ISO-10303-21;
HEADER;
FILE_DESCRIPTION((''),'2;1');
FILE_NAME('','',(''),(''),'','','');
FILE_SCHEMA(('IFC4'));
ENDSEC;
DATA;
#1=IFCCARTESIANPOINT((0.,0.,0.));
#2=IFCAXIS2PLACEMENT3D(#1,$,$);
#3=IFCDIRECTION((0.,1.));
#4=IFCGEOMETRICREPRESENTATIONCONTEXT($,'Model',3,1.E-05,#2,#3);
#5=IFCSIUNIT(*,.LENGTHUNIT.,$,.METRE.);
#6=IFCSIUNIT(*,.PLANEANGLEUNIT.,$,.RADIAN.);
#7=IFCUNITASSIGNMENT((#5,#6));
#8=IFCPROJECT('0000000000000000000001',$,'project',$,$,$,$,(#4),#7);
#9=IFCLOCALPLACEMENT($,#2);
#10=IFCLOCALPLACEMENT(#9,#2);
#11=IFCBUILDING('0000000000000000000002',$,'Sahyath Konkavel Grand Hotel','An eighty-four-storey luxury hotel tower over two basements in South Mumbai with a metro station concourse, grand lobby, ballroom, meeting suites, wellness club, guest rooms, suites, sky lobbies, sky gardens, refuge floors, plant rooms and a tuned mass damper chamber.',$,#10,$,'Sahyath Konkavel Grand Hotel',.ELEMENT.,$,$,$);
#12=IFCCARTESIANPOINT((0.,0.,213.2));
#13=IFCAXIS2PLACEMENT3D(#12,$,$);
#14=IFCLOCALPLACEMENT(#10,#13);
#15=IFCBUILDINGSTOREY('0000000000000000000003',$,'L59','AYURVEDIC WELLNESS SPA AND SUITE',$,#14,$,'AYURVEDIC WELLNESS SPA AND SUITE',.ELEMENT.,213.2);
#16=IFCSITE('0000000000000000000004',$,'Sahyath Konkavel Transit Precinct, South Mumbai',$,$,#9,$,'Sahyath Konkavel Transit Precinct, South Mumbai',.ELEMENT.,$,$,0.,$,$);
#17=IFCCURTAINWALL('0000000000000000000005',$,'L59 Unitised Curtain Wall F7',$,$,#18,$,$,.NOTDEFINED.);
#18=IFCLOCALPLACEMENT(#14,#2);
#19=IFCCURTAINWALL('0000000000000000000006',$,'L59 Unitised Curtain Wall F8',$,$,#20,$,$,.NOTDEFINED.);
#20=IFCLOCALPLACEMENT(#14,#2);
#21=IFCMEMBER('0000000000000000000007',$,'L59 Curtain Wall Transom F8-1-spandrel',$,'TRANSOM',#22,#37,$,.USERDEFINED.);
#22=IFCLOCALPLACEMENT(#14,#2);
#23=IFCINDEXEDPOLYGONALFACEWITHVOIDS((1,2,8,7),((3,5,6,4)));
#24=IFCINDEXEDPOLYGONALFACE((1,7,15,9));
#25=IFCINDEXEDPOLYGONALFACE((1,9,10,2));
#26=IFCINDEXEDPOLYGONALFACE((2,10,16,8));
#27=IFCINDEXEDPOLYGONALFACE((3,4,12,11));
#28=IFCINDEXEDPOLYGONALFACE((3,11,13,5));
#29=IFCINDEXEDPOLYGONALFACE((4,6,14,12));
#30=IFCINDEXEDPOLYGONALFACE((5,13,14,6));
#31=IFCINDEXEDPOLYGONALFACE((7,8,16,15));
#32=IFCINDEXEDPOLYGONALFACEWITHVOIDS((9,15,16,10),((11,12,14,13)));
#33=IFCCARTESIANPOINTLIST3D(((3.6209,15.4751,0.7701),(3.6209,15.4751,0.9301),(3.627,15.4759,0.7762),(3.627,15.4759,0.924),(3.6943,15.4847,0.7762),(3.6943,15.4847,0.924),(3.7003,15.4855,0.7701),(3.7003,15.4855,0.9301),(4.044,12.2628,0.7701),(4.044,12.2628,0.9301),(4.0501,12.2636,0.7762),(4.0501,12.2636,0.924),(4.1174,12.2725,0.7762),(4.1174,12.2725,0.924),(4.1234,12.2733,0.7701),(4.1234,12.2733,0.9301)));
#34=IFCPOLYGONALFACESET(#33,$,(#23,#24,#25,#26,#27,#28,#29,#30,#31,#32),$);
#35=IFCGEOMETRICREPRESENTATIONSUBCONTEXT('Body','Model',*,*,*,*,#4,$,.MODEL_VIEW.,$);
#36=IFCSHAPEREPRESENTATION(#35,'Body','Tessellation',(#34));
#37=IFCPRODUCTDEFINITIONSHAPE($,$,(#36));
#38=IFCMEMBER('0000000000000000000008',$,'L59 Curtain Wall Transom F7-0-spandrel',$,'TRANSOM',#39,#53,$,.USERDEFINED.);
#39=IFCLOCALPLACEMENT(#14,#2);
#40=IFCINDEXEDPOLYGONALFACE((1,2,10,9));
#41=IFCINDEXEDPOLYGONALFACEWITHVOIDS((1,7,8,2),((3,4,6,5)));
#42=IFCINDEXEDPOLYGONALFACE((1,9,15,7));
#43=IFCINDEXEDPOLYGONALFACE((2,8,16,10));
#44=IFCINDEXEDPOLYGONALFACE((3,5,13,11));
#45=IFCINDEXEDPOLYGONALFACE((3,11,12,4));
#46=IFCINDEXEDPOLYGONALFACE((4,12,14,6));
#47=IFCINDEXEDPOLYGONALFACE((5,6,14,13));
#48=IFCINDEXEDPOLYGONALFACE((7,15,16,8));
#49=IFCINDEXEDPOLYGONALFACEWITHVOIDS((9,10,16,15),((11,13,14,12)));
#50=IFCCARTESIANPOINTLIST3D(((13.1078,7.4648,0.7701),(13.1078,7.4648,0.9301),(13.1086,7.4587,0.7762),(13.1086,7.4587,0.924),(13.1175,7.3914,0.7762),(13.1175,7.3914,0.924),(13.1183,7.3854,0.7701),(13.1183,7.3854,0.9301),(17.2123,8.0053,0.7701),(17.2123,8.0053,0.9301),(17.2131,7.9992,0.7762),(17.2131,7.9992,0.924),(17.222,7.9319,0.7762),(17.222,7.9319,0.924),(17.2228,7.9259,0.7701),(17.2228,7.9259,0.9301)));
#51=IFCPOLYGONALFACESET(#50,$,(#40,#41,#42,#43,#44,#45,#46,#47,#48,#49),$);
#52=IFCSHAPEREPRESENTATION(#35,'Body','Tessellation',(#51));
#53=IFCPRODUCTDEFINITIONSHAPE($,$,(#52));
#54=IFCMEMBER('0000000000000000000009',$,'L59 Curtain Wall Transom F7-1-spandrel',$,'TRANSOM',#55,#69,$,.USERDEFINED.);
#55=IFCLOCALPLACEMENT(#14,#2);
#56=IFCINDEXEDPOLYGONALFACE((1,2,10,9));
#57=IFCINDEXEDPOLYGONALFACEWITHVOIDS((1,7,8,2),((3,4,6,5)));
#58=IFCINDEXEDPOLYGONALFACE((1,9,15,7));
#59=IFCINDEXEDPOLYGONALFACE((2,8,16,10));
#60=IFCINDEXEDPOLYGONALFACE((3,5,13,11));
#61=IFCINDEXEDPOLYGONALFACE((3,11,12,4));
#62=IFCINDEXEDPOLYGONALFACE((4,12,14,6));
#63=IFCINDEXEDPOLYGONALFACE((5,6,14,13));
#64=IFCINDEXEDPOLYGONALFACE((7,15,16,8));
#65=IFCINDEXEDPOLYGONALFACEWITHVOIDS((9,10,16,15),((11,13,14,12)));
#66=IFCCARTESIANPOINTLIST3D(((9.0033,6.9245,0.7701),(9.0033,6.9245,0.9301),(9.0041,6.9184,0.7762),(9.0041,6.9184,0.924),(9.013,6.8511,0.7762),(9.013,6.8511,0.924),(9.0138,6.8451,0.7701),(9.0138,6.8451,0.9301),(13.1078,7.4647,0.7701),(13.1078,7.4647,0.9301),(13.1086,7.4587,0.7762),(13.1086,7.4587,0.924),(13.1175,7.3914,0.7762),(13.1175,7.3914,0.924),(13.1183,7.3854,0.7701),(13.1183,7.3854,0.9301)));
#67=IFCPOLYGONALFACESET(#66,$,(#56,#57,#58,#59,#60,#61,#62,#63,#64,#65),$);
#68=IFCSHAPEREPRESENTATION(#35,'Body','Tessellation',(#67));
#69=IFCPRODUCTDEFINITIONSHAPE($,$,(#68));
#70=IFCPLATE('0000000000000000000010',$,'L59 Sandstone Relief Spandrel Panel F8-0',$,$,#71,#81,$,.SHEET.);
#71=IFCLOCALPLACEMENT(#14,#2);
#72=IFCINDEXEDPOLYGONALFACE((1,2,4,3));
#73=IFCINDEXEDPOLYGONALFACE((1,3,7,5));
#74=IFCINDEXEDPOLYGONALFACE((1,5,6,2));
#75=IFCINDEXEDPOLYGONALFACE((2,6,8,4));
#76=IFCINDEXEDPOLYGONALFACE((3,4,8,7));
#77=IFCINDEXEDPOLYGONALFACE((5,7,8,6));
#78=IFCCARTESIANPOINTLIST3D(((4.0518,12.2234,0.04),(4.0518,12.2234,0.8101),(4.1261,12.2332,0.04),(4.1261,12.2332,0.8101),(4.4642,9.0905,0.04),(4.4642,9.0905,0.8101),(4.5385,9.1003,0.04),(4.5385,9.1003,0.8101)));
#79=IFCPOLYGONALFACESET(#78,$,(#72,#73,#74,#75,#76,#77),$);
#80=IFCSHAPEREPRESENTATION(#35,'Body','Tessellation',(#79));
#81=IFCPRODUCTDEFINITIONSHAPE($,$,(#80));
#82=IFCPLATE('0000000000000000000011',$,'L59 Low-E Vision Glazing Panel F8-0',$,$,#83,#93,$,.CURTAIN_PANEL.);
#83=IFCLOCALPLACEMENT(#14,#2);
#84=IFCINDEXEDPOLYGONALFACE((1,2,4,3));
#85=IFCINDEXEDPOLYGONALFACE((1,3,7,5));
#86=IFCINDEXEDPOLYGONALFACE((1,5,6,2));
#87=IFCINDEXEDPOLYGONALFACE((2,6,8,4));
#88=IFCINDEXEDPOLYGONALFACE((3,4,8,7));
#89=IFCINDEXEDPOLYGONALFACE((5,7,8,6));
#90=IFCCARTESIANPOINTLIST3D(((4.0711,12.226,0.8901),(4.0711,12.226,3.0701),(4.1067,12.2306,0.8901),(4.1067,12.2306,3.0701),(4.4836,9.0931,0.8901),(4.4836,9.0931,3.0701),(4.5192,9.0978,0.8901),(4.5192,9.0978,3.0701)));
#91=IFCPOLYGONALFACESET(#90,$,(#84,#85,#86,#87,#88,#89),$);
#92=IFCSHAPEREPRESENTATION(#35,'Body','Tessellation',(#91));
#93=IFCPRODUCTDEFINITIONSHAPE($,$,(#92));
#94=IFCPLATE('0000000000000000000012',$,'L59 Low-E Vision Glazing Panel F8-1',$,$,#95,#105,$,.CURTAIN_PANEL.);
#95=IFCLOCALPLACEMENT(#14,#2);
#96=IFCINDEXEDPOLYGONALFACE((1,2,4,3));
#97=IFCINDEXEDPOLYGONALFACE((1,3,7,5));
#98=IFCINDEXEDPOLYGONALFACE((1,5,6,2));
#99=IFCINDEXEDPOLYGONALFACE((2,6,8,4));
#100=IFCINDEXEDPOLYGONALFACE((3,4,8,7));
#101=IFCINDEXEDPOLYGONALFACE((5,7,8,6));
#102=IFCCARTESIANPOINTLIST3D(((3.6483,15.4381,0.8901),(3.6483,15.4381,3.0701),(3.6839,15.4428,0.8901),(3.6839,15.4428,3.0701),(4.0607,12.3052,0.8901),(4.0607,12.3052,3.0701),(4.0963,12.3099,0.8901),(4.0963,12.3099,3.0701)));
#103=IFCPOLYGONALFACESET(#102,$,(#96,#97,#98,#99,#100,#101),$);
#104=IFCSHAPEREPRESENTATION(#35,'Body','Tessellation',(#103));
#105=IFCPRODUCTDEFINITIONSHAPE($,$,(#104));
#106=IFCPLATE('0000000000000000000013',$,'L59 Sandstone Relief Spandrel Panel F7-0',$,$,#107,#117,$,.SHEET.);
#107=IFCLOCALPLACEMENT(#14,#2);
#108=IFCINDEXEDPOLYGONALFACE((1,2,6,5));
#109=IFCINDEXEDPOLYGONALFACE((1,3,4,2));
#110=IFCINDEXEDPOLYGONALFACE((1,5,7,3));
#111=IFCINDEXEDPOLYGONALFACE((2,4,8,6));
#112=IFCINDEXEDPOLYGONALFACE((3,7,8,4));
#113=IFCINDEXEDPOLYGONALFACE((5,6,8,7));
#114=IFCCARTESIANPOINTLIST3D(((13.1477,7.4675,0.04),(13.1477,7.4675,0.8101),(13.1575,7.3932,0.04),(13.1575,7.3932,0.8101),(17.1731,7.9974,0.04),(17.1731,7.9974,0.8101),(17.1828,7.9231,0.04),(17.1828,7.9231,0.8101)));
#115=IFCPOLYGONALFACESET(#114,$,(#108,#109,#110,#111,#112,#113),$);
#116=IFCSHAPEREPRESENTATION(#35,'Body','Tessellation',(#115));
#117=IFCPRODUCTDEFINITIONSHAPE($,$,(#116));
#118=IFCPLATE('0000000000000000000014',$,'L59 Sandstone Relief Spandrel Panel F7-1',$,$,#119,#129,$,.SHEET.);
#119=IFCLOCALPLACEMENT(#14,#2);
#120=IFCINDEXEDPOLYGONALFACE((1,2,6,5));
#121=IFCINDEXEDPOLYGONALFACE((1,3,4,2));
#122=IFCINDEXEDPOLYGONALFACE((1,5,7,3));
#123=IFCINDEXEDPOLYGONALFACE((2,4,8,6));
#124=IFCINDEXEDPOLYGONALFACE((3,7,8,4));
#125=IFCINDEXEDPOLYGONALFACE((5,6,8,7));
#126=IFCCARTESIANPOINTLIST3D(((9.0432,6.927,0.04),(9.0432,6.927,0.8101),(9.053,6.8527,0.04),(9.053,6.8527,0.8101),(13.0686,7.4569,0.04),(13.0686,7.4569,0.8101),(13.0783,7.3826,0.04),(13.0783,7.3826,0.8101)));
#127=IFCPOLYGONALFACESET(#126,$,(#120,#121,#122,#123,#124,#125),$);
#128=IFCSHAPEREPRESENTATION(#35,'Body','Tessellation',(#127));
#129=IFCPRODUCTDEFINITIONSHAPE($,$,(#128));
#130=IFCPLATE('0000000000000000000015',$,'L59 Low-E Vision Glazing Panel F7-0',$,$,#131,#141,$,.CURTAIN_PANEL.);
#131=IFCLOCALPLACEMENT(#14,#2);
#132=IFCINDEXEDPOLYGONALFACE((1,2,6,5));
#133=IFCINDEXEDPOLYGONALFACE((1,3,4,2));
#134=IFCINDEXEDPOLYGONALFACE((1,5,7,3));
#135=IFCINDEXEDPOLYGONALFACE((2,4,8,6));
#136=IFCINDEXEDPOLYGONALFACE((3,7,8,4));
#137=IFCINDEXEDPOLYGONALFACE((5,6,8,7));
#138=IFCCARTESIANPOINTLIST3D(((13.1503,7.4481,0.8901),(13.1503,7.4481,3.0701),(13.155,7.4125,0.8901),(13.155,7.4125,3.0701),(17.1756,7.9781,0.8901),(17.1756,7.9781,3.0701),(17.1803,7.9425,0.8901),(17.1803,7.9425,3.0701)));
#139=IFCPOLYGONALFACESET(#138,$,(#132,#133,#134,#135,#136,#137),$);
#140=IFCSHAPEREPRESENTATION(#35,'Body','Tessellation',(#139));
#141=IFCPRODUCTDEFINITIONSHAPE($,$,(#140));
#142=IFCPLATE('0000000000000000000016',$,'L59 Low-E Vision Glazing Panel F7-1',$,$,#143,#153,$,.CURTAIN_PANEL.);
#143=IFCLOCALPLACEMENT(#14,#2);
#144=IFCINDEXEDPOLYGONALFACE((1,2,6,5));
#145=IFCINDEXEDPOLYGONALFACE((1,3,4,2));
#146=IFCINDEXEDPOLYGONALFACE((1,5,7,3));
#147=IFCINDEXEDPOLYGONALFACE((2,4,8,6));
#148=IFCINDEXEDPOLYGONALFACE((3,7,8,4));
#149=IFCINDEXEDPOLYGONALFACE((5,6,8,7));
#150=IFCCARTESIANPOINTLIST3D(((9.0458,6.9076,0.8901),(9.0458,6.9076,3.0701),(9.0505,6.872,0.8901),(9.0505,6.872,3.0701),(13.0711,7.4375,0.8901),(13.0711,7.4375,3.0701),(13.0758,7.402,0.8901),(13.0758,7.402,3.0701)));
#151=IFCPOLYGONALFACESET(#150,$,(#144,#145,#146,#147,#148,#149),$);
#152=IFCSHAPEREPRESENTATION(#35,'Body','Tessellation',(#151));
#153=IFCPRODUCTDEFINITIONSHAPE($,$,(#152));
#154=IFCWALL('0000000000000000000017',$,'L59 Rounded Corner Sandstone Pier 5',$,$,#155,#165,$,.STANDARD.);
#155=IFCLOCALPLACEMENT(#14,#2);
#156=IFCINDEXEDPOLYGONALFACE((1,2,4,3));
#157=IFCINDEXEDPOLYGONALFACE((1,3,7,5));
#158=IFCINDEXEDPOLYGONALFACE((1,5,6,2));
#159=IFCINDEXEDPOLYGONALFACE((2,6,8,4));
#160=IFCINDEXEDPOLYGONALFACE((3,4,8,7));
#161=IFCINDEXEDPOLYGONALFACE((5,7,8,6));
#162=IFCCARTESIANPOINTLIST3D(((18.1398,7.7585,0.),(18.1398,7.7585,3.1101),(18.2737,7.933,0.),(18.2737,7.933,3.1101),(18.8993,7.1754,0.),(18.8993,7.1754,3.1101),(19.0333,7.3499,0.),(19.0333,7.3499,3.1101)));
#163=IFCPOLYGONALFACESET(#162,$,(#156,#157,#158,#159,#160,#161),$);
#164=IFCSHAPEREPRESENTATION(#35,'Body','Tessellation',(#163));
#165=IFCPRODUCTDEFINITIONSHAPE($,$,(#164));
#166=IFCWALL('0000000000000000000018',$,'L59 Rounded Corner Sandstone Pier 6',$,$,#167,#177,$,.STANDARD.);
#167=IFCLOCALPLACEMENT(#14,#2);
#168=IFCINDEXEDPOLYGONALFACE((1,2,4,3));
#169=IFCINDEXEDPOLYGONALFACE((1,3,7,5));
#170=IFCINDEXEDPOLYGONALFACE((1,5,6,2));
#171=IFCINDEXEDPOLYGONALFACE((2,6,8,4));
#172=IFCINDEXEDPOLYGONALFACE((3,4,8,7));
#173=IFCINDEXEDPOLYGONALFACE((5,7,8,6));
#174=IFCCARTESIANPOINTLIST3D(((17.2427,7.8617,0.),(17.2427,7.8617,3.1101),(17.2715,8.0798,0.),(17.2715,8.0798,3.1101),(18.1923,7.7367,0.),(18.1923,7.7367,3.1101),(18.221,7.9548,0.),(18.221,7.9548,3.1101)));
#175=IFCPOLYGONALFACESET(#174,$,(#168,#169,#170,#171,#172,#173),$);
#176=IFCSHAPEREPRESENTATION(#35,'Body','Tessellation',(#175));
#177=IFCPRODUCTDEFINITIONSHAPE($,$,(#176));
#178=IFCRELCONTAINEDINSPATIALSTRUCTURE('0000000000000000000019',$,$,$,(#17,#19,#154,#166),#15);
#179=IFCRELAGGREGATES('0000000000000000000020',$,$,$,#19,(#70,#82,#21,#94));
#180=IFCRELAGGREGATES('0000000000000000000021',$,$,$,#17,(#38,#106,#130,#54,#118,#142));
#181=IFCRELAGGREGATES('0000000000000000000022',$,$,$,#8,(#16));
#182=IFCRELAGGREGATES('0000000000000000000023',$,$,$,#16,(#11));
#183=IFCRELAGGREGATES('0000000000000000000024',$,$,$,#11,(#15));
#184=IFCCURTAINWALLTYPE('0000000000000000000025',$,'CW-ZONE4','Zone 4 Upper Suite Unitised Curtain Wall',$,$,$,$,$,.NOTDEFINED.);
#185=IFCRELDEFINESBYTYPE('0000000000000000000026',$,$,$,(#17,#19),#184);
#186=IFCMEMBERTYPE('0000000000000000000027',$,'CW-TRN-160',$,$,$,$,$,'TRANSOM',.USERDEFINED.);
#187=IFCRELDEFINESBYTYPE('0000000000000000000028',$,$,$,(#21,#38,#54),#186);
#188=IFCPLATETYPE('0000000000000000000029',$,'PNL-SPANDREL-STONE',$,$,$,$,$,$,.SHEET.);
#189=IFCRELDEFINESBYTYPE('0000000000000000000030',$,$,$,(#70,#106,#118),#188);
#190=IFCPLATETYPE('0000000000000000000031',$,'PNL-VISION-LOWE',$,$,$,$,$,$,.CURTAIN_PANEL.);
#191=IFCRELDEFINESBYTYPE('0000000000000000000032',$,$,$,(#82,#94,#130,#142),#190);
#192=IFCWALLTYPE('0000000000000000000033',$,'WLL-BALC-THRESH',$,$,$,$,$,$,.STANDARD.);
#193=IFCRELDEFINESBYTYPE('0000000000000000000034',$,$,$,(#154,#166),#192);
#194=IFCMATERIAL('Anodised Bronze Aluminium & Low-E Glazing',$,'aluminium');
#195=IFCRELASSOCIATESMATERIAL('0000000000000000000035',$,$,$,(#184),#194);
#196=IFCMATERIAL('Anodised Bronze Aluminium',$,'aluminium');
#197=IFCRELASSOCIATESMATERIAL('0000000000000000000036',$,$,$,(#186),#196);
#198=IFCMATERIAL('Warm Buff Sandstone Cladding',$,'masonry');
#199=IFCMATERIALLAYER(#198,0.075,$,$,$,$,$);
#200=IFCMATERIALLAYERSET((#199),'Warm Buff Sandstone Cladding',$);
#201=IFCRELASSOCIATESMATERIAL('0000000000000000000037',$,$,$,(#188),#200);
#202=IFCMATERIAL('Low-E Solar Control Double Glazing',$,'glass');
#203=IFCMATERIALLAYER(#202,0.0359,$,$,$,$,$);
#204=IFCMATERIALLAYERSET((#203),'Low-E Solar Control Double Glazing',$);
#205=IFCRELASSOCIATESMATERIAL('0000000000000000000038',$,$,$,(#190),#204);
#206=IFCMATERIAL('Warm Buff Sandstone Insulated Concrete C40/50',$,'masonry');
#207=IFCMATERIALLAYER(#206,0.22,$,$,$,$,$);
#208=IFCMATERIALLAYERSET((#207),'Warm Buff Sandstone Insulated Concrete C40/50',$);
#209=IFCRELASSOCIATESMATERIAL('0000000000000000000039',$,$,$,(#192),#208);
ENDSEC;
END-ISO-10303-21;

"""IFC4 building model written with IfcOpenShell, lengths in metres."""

from ifc_helpers import new_model, si_unit, direction, frame, frame_2d, origin, origin_2d, place, context, subcontext, project, spatial, rectangle, hollow_rectangle, extrude, source, transform, mapped, material, layer, layer_set, material_profile, profile_set, type_object, element, aggregate, save


model = new_model("IFC4")

# Units and contexts
model_context = context("Model", 3, precision=1e-05, world=origin(), true_north=direction((0.0, 1.0)))
body_context = subcontext(model_context, "Body", "Model", "MODEL_VIEW")
ifc_project = project(units=[si_unit("LENGTHUNIT", "METRE"), si_unit("PLANEANGLEUNIT", "RADIAN")], contexts=[model_context])

# Site, building, storey
site_placement = place(None, origin())
site = spatial("IfcSite", under=ifc_project, at=site_placement, Name="Sahyath Konkavel Transit Precinct, South Mumbai", LongName="Sahyath Konkavel Transit Precinct, South Mumbai", CompositionType="ELEMENT", RefElevation=0.0)
building_placement = place(site_placement, origin())
building = spatial("IfcBuilding", under=site, at=building_placement, Name="Sahyath Konkavel Grand Hotel", Description="An eighty-four-storey luxury hotel tower over two basements in South Mumbai with a metro station concourse, grand lobby, ballroom, meeting suites, wellness club, guest rooms, suites, sky lobbies, sky gardens, refuge floors, plant rooms and a tuned mass damper chamber.", LongName="Sahyath Konkavel Grand Hotel", CompositionType="ELEMENT")
storey_placement = place(building_placement, frame((0.0, 0.0, 213.2)))
storey = spatial("IfcBuildingStorey", under=building, at=storey_placement, Name="L59", Description="AYURVEDIC WELLNESS SPA AND SUITE", LongName="AYURVEDIC WELLNESS SPA AND SUITE", CompositionType="ELEMENT", Elevation=213.2)

# Curtain walls
ifc_material_1 = material(Name="Anodised Bronze Aluminium & Low-E Glazing", Category="aluminium")
curtain_wall_type = type_object("IfcCurtainWallType", Name="CW-ZONE4", Description="Zone 4 Upper Suite Unitised Curtain Wall", PredefinedType="NOTDEFINED", material=ifc_material_1)
curtain_wall_1_placement = place(storey_placement, origin())
curtain_wall_1 = element("IfcCurtainWall", 1, at=curtain_wall_1_placement, inside=storey, type_object=curtain_wall_type, Name="L59 Unitised Curtain Wall F7", PredefinedType="NOTDEFINED")
curtain_wall_2_placement = place(storey_placement, origin())
curtain_wall_2 = element("IfcCurtainWall", 2, at=curtain_wall_2_placement, inside=storey, type_object=curtain_wall_type, Name="L59 Unitised Curtain Wall F8", PredefinedType="NOTDEFINED")
ifc_material_2 = material(Name="Anodised Bronze Aluminium", Category="aluminium")

# Members
ifc_material_profile_1 = material_profile(ifc_material_2, hollow_rectangle(XDim=0.0801, YDim=0.1599, WallThickness=0.0061, at=origin_2d()), Name="RHS 160x80x6")
ifc_profile_set_1 = profile_set([ifc_material_profile_1], Name="Anodised Bronze Aluminium")
member_type_1 = type_object("IfcMemberType", Name="CW-TRN-160", ElementType="TRANSOM", PredefinedType="USERDEFINED", material=ifc_profile_set_1)
shared_shape_1 = source(origin(), body_context, "Body", "SweptSolid", [
    extrude(hollow_rectangle(XDim=0.0801, YDim=0.1599, WallThickness=0.0061, at=origin_2d()), origin(), (0.0, 0.0, 1.0), 3.24),
])
member_1_placement = place(storey_placement, frame((4.0837, 12.2681, 0.8501), z_axis=(-0.130589, 0.991437, 0.0), x_axis=(-0.991437, -0.130589, 0.0)))
member_1 = element("IfcMember", 3, at=member_1_placement, type_object=member_type_1, Name="L59 Curtain Wall Transom F8-1-spandrel", ObjectType="TRANSOM", PredefinedType="USERDEFINED", context=body_context, shape_type="MappedRepresentation", body=[
    mapped(shared_shape_1, transform((0.0, 0.0, 0.0), scale=1.0)),
])
shared_shape_2 = source(origin(), body_context, "Body", "SweptSolid", [
    extrude(hollow_rectangle(XDim=0.0801, YDim=0.1599, WallThickness=0.0061, at=origin_2d()), origin(), (0.0, 0.0, 1.0), 4.1399),
])
member_2_placement = place(storey_placement, frame((17.2175, 7.9656, 0.8501), z_axis=(-0.99144, -0.130564, 0.0), x_axis=(0.130564, -0.99144, 0.0)))
member_2 = element("IfcMember", 4, at=member_2_placement, type_object=member_type_1, Name="L59 Curtain Wall Transom F7-0-spandrel", ObjectType="TRANSOM", PredefinedType="USERDEFINED", context=body_context, shape_type="MappedRepresentation", body=[
    mapped(shared_shape_2, transform((0.0, 0.0, 0.0), scale=1.0)),
])
member_3_placement = place(storey_placement, frame((13.113, 7.425, 0.8501), z_axis=(-0.991447, -0.130506, 0.0), x_axis=(0.130506, -0.991447, 0.0)))
member_3 = element("IfcMember", 5, at=member_3_placement, type_object=member_type_1, Name="L59 Curtain Wall Transom F7-1-spandrel", ObjectType="TRANSOM", PredefinedType="USERDEFINED", context=body_context, shape_type="MappedRepresentation", body=[
    mapped(shared_shape_2, transform((0.0, 0.0, 0.0), scale=1.0)),
])

# Plates
ifc_material_3 = material(Name="Warm Buff Sandstone Cladding", Category="masonry")
ifc_layer_1 = layer(ifc_material_3, 0.075)
ifc_layer_set_1 = layer_set([ifc_layer_1], Name="Warm Buff Sandstone Cladding")
plate_type_1 = type_object("IfcPlateType", Name="PNL-SPANDREL-STONE", PredefinedType="SHEET", material=ifc_layer_set_1)
shared_shape_3 = source(origin(), body_context, "Body", "SweptSolid", [
    extrude(rectangle(XDim=3.1599, YDim=0.075, at=origin_2d()), origin(), (0.0, 0.0, 1.0), 0.77),
])
plate_1_placement = place(storey_placement, frame((4.2952, 10.6619, 0.04), z_axis=(0.0, 0.0, 1.0), x_axis=(-0.130526, 0.991445, 0.0)))
plate_1 = element("IfcPlate", 6, at=plate_1_placement, type_object=plate_type_1, Name="L59 Sandstone Relief Spandrel Panel F8-0", PredefinedType="SHEET", context=body_context, shape_type="MappedRepresentation", body=[
    mapped(shared_shape_3, transform((0.0, 0.0, 0.0), scale=1.0)),
])
ifc_material_4 = material(Name="Low-E Solar Control Double Glazing", Category="glass")
ifc_layer_2 = layer(ifc_material_4, 0.0359)
ifc_layer_set_2 = layer_set([ifc_layer_2], Name="Low-E Solar Control Double Glazing")
plate_type_2 = type_object("IfcPlateType", Name="PNL-VISION-LOWE", PredefinedType="CURTAIN_PANEL", material=ifc_layer_set_2)
shared_shape_4 = source(origin(), body_context, "Body", "SweptSolid", [
    extrude(rectangle(XDim=3.1599, YDim=0.0359, at=origin_2d()), origin(), (0.0, 0.0, 1.0), 2.1799),
])
plate_2_placement = place(storey_placement, frame((4.2952, 10.6619, 0.8901), z_axis=(0.0, 0.0, 1.0), x_axis=(-0.130526, 0.991445, 0.0)))
plate_2 = element("IfcPlate", 7, at=plate_2_placement, type_object=plate_type_2, Name="L59 Low-E Vision Glazing Panel F8-0", PredefinedType="CURTAIN_PANEL", context=body_context, shape_type="MappedRepresentation", body=[
    mapped(shared_shape_4, transform((0.0, 0.0, 0.0), scale=1.0)),
])
plate_3_placement = place(storey_placement, frame((3.8723, 13.874, 0.8901), z_axis=(0.0, 0.0, 1.0), x_axis=(-0.130526, 0.991445, 0.0)))
plate_3 = element("IfcPlate", 8, at=plate_3_placement, type_object=plate_type_2, Name="L59 Low-E Vision Glazing Panel F8-1", PredefinedType="CURTAIN_PANEL", context=body_context, shape_type="MappedRepresentation", body=[
    mapped(shared_shape_4, transform((0.0, 0.0, 0.0), scale=1.0)),
])
aggregate(curtain_wall_2, [plate_1, plate_2, member_1, plate_3])
shared_shape_5 = source(origin(), body_context, "Body", "SweptSolid", [
    extrude(rectangle(XDim=4.0601, YDim=0.075, at=origin_2d()), origin(), (0.0, 0.0, 1.0), 0.77),
])
plate_4_placement = place(storey_placement, frame((15.1653, 7.6953, 0.04), z_axis=(0.0, 0.0, 1.0), x_axis=(-0.991445, -0.130526, 0.0)))
plate_4 = element("IfcPlate", 9, at=plate_4_placement, type_object=plate_type_1, Name="L59 Sandstone Relief Spandrel Panel F7-0", PredefinedType="SHEET", context=body_context, shape_type="MappedRepresentation", body=[
    mapped(shared_shape_5, transform((0.0, 0.0, 0.0), scale=1.0)),
])
plate_5_placement = place(storey_placement, frame((11.0608, 7.1548, 0.04), z_axis=(0.0, 0.0, 1.0), x_axis=(-0.991445, -0.130526, 0.0)))
plate_5 = element("IfcPlate", 10, at=plate_5_placement, type_object=plate_type_1, Name="L59 Sandstone Relief Spandrel Panel F7-1", PredefinedType="SHEET", context=body_context, shape_type="MappedRepresentation", body=[
    mapped(shared_shape_5, transform((0.0, 0.0, 0.0), scale=1.0)),
])
shared_shape_6 = source(origin(), body_context, "Body", "SweptSolid", [
    extrude(rectangle(XDim=4.0601, YDim=0.0359, at=origin_2d()), origin(), (0.0, 0.0, 1.0), 2.1799),
])
plate_6_placement = place(storey_placement, frame((15.1653, 7.6953, 0.8901), z_axis=(0.0, 0.0, 1.0), x_axis=(-0.991445, -0.130526, 0.0)))
plate_6 = element("IfcPlate", 11, at=plate_6_placement, type_object=plate_type_2, Name="L59 Low-E Vision Glazing Panel F7-0", PredefinedType="CURTAIN_PANEL", context=body_context, shape_type="MappedRepresentation", body=[
    mapped(shared_shape_6, transform((0.0, 0.0, 0.0), scale=1.0)),
])
plate_7_placement = place(storey_placement, frame((11.0608, 7.1548, 0.8901), z_axis=(0.0, 0.0, 1.0), x_axis=(-0.991445, -0.130526, 0.0)))
plate_7 = element("IfcPlate", 12, at=plate_7_placement, type_object=plate_type_2, Name="L59 Low-E Vision Glazing Panel F7-1", PredefinedType="CURTAIN_PANEL", context=body_context, shape_type="MappedRepresentation", body=[
    mapped(shared_shape_6, transform((0.0, 0.0, 0.0), scale=1.0)),
])
aggregate(curtain_wall_1, [member_2, plate_4, plate_6, member_3, plate_5, plate_7])

# Walls
ifc_material_5 = material(Name="Warm Buff Sandstone Insulated Concrete C40/50", Category="masonry")
ifc_layer_3 = layer(ifc_material_5, 0.22)
ifc_layer_set_3 = layer_set([ifc_layer_3], Name="Warm Buff Sandstone Insulated Concrete C40/50")
wall_type_1 = type_object("IfcWallType", Name="WLL-BALC-THRESH", PredefinedType="STANDARD", material=ifc_layer_set_3)
wall_1_placement = place(storey_placement, frame((18.9663, 7.2627, 0.0), z_axis=(0.0, 0.0, 1.0), x_axis=(-0.793249, 0.608897, 0.0)))
element("IfcWall", 13, at=wall_1_placement, inside=storey, type_object=wall_type_1, Name="L59 Rounded Corner Sandstone Pier 5", PredefinedType="STANDARD", context=body_context, shape_type="SweptSolid", body=[
    extrude(rectangle(XDim=0.9575, YDim=0.22, at=frame_2d((0.4788, 0.0))), origin(), (0.0, 0.0, 1.0), 3.1101),
])
wall_2_placement = place(storey_placement, frame((18.2068, 7.8457, 0.0), z_axis=(0.0, 0.0, 1.0), x_axis=(-0.991445, 0.130527, 0.0)))
element("IfcWall", 14, at=wall_2_placement, inside=storey, type_object=wall_type_1, Name="L59 Rounded Corner Sandstone Pier 6", PredefinedType="STANDARD", context=body_context, shape_type="SweptSolid", body=[
    extrude(rectangle(XDim=0.9578, YDim=0.22, at=frame_2d((0.479, 0.0))), origin(), (0.0, 0.0, 1.0), 3.1101),
])

save(model, "model.ifc")
